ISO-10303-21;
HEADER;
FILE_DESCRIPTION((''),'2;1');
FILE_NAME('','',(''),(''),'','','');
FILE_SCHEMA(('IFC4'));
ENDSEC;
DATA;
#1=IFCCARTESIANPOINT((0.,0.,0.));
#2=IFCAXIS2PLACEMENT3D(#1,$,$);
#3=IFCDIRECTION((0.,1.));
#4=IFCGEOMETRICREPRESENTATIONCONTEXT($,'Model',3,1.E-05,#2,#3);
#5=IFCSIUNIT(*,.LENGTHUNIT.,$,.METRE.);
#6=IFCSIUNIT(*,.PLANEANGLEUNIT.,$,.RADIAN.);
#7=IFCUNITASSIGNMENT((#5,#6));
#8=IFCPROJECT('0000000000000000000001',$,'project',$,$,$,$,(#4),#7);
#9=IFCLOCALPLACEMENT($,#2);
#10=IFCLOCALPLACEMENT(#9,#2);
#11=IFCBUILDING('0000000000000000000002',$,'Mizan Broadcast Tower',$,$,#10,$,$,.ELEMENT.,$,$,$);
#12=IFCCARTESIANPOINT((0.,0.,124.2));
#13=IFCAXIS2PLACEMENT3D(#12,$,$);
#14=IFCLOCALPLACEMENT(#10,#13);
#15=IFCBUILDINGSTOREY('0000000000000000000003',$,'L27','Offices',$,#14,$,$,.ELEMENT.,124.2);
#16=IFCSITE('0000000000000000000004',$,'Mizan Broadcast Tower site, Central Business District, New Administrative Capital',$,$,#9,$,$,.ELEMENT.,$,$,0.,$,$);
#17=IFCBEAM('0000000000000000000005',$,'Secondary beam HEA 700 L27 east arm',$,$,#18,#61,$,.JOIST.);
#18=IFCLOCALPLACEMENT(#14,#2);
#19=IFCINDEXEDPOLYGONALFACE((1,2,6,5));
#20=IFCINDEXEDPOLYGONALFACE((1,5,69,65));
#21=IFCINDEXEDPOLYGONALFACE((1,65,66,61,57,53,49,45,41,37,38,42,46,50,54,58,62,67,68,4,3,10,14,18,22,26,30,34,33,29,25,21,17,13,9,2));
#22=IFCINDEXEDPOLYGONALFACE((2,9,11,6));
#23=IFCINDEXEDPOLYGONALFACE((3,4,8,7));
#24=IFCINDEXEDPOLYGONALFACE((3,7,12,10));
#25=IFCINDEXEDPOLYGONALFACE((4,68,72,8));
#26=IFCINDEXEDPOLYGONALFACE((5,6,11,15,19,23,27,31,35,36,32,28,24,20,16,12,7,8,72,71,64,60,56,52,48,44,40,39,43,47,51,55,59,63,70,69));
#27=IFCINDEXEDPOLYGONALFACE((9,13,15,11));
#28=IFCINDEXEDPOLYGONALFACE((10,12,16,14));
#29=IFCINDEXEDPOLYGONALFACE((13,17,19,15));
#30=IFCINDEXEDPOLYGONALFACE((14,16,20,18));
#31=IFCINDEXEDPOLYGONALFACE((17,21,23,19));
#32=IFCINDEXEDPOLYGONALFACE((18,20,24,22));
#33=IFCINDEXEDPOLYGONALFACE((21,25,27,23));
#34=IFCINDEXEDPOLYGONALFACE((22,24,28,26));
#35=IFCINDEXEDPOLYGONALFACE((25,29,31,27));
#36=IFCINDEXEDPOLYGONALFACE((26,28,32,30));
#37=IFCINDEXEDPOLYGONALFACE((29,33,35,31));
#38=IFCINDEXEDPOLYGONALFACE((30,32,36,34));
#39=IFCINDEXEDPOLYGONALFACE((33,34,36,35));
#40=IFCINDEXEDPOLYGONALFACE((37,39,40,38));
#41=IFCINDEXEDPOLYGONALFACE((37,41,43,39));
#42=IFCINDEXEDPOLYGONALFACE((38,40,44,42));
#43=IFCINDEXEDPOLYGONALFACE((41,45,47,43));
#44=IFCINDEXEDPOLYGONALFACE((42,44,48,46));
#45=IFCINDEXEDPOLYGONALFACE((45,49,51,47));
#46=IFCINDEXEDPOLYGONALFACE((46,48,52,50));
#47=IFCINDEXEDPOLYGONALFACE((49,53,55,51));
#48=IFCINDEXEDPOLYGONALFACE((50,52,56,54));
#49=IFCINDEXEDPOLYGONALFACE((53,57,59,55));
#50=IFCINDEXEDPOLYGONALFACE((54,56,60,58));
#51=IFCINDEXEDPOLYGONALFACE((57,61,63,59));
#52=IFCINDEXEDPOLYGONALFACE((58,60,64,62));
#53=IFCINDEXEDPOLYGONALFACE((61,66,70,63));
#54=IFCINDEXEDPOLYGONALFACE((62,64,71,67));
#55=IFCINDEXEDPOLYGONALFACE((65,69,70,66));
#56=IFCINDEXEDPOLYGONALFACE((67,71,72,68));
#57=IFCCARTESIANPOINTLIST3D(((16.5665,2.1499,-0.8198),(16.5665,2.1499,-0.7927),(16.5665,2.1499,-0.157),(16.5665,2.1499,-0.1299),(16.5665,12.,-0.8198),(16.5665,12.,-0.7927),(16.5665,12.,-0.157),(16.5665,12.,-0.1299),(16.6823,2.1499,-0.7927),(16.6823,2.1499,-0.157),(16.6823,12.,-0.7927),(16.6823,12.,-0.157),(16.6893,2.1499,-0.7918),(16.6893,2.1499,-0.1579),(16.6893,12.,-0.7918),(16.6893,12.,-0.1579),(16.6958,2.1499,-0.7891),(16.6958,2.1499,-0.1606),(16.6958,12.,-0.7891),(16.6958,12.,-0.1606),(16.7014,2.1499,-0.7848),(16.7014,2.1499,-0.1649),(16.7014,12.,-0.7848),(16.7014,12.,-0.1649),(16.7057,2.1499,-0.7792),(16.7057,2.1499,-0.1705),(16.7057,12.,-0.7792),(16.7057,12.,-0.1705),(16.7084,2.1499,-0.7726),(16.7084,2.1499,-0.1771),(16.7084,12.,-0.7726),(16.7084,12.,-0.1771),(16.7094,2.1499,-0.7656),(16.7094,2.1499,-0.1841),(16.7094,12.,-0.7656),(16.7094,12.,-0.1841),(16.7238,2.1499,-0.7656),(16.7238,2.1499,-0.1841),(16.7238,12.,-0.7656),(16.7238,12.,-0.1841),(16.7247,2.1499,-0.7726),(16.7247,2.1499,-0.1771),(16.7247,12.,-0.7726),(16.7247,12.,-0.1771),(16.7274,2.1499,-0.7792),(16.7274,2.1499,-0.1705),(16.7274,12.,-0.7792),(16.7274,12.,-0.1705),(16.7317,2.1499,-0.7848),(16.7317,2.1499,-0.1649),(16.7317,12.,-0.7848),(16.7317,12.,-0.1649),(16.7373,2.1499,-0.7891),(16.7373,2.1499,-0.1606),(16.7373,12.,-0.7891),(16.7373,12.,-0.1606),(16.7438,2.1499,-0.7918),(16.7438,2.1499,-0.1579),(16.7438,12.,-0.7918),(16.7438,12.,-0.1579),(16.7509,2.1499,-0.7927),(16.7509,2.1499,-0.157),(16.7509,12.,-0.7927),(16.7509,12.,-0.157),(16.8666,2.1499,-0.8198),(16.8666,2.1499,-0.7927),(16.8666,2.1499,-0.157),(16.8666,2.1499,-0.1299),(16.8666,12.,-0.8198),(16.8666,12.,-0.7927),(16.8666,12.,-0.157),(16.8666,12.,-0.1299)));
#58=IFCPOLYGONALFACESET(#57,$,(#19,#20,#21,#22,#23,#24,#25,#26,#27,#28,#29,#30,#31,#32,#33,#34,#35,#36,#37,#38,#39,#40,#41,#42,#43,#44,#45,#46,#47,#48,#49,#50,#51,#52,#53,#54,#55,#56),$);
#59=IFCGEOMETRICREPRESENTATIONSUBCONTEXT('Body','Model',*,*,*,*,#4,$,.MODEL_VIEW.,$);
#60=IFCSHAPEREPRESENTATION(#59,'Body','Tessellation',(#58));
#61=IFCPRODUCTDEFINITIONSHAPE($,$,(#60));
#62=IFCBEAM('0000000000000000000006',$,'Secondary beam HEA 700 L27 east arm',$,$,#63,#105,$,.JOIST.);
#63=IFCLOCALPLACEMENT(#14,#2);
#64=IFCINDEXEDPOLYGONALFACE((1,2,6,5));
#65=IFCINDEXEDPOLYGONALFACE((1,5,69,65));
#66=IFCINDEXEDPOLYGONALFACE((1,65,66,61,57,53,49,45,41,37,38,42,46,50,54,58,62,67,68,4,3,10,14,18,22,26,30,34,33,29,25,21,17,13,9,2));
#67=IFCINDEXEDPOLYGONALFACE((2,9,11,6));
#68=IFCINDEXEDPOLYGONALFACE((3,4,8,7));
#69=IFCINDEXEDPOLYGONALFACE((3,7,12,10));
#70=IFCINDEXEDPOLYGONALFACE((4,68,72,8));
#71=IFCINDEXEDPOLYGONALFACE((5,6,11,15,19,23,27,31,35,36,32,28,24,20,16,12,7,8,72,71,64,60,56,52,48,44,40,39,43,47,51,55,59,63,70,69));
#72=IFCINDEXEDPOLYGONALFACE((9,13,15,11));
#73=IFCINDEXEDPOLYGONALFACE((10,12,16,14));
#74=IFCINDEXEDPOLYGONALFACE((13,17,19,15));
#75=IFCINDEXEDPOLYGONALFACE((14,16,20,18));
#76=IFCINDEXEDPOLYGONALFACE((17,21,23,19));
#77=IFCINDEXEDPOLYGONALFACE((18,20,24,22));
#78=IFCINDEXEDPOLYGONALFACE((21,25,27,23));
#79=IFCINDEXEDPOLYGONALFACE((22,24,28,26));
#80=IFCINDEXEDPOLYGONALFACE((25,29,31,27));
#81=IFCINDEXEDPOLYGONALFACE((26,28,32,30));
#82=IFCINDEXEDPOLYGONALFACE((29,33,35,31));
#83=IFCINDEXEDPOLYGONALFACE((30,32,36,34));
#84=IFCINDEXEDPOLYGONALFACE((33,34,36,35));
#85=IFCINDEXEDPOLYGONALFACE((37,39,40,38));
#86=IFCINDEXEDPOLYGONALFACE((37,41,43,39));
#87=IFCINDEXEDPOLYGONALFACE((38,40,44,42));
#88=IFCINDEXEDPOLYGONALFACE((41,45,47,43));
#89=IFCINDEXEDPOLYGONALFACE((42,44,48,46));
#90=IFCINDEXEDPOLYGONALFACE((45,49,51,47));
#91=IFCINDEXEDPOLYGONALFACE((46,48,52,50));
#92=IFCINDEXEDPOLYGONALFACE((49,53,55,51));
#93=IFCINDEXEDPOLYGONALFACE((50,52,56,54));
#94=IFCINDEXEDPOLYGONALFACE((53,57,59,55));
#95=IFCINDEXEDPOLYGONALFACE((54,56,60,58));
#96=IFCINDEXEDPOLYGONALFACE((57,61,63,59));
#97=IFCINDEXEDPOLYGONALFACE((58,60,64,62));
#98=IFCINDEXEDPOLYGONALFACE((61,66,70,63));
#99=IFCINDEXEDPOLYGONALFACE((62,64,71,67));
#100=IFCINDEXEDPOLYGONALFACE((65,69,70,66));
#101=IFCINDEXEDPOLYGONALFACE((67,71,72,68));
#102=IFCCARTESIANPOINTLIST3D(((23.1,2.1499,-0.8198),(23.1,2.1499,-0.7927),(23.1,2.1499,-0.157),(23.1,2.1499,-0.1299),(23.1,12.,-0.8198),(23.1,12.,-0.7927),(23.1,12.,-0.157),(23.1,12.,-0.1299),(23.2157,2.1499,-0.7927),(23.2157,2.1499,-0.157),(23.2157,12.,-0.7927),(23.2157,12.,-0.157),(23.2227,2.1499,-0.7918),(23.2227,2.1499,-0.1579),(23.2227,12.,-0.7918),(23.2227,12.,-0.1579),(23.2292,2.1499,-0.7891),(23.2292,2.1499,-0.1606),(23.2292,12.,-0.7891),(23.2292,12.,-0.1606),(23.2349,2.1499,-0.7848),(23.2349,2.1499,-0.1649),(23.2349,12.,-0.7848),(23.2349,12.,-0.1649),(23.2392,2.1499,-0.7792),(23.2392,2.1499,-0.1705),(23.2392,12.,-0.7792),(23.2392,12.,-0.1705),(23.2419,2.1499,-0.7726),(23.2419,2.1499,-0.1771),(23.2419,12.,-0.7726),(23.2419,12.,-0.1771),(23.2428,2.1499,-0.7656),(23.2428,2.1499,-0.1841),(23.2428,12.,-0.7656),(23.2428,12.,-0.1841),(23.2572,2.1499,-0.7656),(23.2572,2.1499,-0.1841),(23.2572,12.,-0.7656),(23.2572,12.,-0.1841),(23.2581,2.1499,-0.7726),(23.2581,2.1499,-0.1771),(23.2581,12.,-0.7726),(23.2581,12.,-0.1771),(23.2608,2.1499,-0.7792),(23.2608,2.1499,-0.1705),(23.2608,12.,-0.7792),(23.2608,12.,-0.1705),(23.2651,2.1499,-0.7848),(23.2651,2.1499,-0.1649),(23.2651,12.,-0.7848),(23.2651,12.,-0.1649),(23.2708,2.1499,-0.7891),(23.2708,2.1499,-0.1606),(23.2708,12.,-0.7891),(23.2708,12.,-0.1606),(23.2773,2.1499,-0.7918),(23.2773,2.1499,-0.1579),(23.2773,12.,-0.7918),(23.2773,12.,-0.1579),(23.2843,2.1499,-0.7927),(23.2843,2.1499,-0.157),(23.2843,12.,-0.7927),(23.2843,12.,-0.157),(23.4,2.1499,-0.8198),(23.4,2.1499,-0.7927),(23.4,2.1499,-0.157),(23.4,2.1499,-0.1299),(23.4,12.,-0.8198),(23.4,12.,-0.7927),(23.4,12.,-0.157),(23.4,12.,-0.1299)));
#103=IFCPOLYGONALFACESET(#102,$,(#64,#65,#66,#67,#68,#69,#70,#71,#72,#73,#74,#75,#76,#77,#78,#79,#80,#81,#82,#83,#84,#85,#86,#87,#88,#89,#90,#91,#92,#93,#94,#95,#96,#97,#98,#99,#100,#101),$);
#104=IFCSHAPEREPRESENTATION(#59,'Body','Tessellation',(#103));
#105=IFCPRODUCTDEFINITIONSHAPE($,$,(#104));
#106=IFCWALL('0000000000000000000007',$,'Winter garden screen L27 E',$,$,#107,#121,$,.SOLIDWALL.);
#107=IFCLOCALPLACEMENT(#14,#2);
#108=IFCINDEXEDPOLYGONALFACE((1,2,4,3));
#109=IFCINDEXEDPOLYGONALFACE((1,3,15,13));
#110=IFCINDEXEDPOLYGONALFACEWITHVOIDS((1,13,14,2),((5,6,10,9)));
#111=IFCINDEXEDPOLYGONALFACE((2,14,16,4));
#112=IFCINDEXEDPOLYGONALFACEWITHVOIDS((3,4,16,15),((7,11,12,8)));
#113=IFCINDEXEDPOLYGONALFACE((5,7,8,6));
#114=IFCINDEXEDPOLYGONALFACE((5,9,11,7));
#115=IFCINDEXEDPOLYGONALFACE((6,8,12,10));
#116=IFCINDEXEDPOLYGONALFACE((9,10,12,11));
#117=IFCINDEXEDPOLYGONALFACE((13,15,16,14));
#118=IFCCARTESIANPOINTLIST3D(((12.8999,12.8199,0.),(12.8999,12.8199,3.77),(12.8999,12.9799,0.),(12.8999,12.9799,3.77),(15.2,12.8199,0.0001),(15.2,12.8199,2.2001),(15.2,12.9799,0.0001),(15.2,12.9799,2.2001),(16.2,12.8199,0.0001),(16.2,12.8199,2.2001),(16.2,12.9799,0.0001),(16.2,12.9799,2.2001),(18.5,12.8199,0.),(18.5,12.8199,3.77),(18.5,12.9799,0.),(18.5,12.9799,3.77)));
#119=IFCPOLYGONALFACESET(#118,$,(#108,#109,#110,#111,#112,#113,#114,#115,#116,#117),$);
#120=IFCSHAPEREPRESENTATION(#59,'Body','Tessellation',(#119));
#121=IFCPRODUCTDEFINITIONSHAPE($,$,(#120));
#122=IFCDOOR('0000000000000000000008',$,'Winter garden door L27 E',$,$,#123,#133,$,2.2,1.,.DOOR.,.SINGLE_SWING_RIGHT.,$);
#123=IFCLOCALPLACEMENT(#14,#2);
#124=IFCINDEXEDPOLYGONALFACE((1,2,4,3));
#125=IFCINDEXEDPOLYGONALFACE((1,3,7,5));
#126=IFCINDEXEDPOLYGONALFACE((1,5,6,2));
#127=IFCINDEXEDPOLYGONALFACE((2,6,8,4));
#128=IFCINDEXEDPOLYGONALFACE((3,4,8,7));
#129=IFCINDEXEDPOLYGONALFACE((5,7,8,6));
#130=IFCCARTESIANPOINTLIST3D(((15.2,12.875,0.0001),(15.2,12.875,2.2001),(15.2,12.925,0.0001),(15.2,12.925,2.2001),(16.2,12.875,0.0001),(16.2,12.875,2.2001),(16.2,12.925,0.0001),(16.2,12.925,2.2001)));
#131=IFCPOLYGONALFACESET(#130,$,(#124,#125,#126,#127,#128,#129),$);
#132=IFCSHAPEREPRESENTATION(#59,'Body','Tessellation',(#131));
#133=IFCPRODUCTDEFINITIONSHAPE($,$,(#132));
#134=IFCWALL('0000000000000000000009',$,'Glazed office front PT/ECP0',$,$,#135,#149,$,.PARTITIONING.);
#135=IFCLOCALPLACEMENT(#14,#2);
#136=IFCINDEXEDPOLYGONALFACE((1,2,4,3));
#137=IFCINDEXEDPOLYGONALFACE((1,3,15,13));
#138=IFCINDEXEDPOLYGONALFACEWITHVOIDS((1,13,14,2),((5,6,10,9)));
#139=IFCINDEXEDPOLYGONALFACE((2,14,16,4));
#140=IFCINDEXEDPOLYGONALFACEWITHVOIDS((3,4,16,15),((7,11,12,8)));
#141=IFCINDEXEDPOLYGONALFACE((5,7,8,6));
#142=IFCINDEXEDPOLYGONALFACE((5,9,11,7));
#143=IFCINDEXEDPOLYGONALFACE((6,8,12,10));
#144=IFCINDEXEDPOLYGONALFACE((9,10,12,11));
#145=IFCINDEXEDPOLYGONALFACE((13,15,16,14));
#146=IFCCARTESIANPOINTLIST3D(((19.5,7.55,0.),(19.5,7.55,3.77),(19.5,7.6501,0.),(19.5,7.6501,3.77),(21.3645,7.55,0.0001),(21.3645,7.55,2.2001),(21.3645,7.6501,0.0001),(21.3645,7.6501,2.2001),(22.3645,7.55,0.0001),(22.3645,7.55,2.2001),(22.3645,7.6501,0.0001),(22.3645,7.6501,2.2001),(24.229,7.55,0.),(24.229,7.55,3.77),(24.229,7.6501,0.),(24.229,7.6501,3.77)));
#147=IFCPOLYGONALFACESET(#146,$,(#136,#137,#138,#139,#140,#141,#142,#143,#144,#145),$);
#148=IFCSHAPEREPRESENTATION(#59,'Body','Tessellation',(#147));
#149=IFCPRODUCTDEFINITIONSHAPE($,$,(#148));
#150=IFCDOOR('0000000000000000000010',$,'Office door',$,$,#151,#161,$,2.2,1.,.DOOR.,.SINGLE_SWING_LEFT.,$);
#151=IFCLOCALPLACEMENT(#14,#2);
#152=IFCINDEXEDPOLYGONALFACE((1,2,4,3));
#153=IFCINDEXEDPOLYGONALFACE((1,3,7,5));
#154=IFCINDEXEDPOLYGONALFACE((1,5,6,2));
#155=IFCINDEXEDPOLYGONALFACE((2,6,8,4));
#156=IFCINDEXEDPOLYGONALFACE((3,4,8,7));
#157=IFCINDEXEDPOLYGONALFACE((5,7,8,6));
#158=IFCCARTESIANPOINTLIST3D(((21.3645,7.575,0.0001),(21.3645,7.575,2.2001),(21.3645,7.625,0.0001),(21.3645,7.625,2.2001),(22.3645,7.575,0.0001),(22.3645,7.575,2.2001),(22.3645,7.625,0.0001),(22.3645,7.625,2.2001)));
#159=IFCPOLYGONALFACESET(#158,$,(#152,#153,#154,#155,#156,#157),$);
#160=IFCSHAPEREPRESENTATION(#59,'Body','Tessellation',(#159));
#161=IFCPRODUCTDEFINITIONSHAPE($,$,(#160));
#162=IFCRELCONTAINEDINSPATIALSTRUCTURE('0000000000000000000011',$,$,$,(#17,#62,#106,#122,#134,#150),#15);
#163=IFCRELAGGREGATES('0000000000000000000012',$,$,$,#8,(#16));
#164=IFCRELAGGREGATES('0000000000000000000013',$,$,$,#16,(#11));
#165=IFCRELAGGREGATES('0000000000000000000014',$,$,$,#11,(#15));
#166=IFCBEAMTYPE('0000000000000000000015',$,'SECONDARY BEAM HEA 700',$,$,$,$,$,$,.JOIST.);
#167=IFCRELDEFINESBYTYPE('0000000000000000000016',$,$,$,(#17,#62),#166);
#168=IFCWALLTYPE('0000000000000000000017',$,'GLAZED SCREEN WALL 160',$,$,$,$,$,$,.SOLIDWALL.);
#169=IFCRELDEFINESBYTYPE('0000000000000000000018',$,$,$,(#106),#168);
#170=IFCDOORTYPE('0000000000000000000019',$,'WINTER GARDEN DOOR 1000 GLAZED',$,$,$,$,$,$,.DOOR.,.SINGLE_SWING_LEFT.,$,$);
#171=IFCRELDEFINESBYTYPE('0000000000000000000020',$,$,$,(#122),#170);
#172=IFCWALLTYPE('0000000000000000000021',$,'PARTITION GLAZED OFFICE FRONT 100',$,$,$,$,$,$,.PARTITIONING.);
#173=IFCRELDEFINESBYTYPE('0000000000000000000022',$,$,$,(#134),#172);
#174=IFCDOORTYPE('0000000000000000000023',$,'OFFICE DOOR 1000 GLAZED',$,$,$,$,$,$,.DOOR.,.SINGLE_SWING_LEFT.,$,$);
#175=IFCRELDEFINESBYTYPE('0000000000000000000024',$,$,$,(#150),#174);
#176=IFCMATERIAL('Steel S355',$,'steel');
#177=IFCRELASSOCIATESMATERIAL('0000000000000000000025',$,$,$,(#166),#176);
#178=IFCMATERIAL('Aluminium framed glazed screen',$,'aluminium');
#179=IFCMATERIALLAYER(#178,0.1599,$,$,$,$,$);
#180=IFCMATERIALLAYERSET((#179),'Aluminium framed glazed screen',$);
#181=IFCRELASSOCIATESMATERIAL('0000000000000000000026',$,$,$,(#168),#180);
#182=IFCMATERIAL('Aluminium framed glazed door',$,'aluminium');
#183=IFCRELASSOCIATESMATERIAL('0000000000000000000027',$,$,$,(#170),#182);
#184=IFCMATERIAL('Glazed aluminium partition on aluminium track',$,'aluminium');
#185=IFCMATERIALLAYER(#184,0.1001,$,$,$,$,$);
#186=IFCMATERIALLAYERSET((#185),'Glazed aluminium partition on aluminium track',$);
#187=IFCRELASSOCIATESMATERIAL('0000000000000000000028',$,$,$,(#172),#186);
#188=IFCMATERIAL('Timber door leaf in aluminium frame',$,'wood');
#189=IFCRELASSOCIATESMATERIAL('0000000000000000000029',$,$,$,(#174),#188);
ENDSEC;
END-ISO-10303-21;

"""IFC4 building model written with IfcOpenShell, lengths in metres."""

from ifc_helpers import new_model, si_unit, direction, frame, frame_2d, origin, origin_2d, place, context, subcontext, project, spatial, rectangle, i_section, extrude, material, layer, layer_set, material_profile, profile_set, type_object, element, fill, save


model = new_model("IFC4")

# Units and contexts
model_context = context("Model", 3, precision=1e-05, world=origin(), true_north=direction((0.0, 1.0)))
body_context = subcontext(model_context, "Body", "Model", "MODEL_VIEW")
ifc_project = project(units=[si_unit("LENGTHUNIT", "METRE"), si_unit("PLANEANGLEUNIT", "RADIAN")], contexts=[model_context])

# Site, building, storey
site_placement = place(None, origin())
site = spatial("IfcSite", under=ifc_project, at=site_placement, Name="Mizan Broadcast Tower site, Central Business District, New Administrative Capital", CompositionType="ELEMENT", RefElevation=0.0)
building_placement = place(site_placement, origin())
building = spatial("IfcBuilding", under=site, at=building_placement, Name="Mizan Broadcast Tower", CompositionType="ELEMENT")
storey_placement = place(building_placement, frame((0.0, 0.0, 124.2)))
storey = spatial("IfcBuildingStorey", under=building, at=storey_placement, Name="L27", Description="Offices", CompositionType="ELEMENT", Elevation=124.2)

# Beams
ifc_material_1 = material(Name="Steel S355", Category="steel")
ifc_material_profile_1 = material_profile(ifc_material_1, i_section(OverallWidth=0.3, OverallDepth=0.6899, WebThickness=0.0144, FlangeThickness=0.0271, FilletRadius=0.0271, at=origin_2d()), Name="HEA 700")
ifc_profile_set_1 = profile_set([ifc_material_profile_1], Name="Steel S355")
beam_type_1 = type_object("IfcBeamType", Name="SECONDARY BEAM HEA 700", PredefinedType="JOIST", material=ifc_profile_set_1)
for number, where, z_axis, x_axis, name in (
    (1, (16.7166, 12.0, -0.4749), (0.0, -1.0, 0.0), (1.0, 0.0, 0.0), "Secondary beam HEA 700 L27 east arm"),
    (2, (23.25, 12.0, -0.4749), (0.0, -1.0, 0.0), (1.0, 0.0, 0.0), "Secondary beam HEA 700 L27 east arm"),
):
    element("IfcBeam", number, at=place(storey_placement, frame(where, z_axis=z_axis, x_axis=x_axis)), inside=storey, type_object=beam_type_1, Name=name, PredefinedType="JOIST", context=body_context, shape_type="SweptSolid", body=[
        extrude(i_section(OverallWidth=0.3, OverallDepth=0.6899, WebThickness=0.0144, FlangeThickness=0.0271, FilletRadius=0.0271, at=origin_2d()), origin(), (0.0, 0.0, 1.0), 9.8501),
    ])

# Walls, openings, doors
ifc_material_2 = material(Name="Aluminium framed glazed screen", Category="aluminium")
ifc_layer_1 = layer(ifc_material_2, 0.1599)
ifc_layer_set_1 = layer_set([ifc_layer_1], Name="Aluminium framed glazed screen")
wall_type_1 = type_object("IfcWallType", Name="GLAZED SCREEN WALL 160", PredefinedType="SOLIDWALL", material=ifc_layer_set_1)
wall_1_placement = place(storey_placement, frame((18.5, 12.8999, 0.0), z_axis=(0.0, 0.0, 1.0), x_axis=(-1.0, 0.0, 0.0)))
wall_1 = element("IfcWall", 3, at=wall_1_placement, inside=storey, type_object=wall_type_1, Name="Winter garden screen L27 E", PredefinedType="SOLIDWALL", context=body_context, shape_type="SweptSolid", body=[
    extrude(rectangle(XDim=5.6001, YDim=0.1599, at=frame_2d((2.8, 0.0))), origin(), (0.0, 0.0, 1.0), 3.77),
])
opening_1_placement = place(wall_1_placement, frame((2.3, 0.0, 0.0)))
opening_1 = element("IfcOpeningElement", 4, at=opening_1_placement, cuts=wall_1, PredefinedType="OPENING", context=body_context, shape_type="SweptSolid", body=[
    extrude(rectangle(XDim=1.0, YDim=2.2, at=frame_2d((0.5, 1.1001))), frame((0.0, 0.0898, 0.0), z_axis=(0.0, -1.0, 0.0), x_axis=(1.0, 0.0, 0.0)), (0.0, 0.0, 1.0), 0.1799),
])
ifc_material_3 = material(Name="Aluminium framed glazed door", Category="aluminium")
door_type_1 = type_object("IfcDoorType", Name="WINTER GARDEN DOOR 1000 GLAZED", OperationType="SINGLE_SWING_LEFT", PredefinedType="DOOR", material=ifc_material_3)
door_1_placement = place(opening_1_placement, origin())
door_1 = element("IfcDoor", 5, at=door_1_placement, inside=storey, type_object=door_type_1, Name="Winter garden door L27 E", OperationType="SINGLE_SWING_RIGHT", OverallHeight=2.2, OverallWidth=1.0, PredefinedType="DOOR", context=body_context, shape_type="SweptSolid", body=[
    extrude(rectangle(XDim=1.0, YDim=2.2, at=frame_2d((0.5, 1.1001))), frame((0.0, 0.0249, 0.0), z_axis=(0.0, -1.0, 0.0), x_axis=(1.0, 0.0, 0.0)), (0.0, 0.0, 1.0), 0.05),
])
fill(opening_1, door_1)
ifc_material_4 = material(Name="Glazed aluminium partition on aluminium track", Category="aluminium")
ifc_layer_2 = layer(ifc_material_4, 0.1001)
ifc_layer_set_2 = layer_set([ifc_layer_2], Name="Glazed aluminium partition on aluminium track")
wall_type_2 = type_object("IfcWallType", Name="PARTITION GLAZED OFFICE FRONT 100", PredefinedType="PARTITIONING", material=ifc_layer_set_2)
wall_2_placement = place(storey_placement, frame((19.5, 7.6001, 0.0), z_axis=(0.0, 0.0, 1.0), x_axis=(1.0, 0.0, 0.0)))
wall_2 = element("IfcWall", 6, at=wall_2_placement, inside=storey, type_object=wall_type_2, Name="Glazed office front PT/ECP0", PredefinedType="PARTITIONING", context=body_context, shape_type="SweptSolid", body=[
    extrude(rectangle(XDim=4.729, YDim=0.1001, at=frame_2d((2.3645, 0.0))), origin(), (0.0, 0.0, 1.0), 3.77),
])
opening_2_placement = place(wall_2_placement, frame((1.8645, 0.0, 0.0)))
opening_2 = element("IfcOpeningElement", 7, at=opening_2_placement, cuts=wall_2, PredefinedType="OPENING", context=body_context, shape_type="SweptSolid", body=[
    extrude(rectangle(XDim=1.0, YDim=2.2, at=frame_2d((0.5, 1.1001))), frame((0.0, 0.0601, 0.0), z_axis=(0.0, -1.0, 0.0), x_axis=(1.0, 0.0, 0.0)), (0.0, 0.0, 1.0), 0.1201),
])
ifc_material_5 = material(Name="Timber door leaf in aluminium frame", Category="wood")
door_type_2 = type_object("IfcDoorType", Name="OFFICE DOOR 1000 GLAZED", OperationType="SINGLE_SWING_LEFT", PredefinedType="DOOR", material=ifc_material_5)
door_2_placement = place(opening_2_placement, origin())
door_2 = element("IfcDoor", 8, at=door_2_placement, inside=storey, type_object=door_type_2, Name="Office door", OperationType="SINGLE_SWING_LEFT", OverallHeight=2.2, OverallWidth=1.0, PredefinedType="DOOR", context=body_context, shape_type="SweptSolid", body=[
    extrude(rectangle(XDim=1.0, YDim=2.2, at=frame_2d((0.5, 1.1001))), frame((0.0, 0.0249, 0.0), z_axis=(0.0, -1.0, 0.0), x_axis=(1.0, 0.0, 0.0)), (0.0, 0.0, 1.0), 0.05),
])
fill(opening_2, door_2)

save(model, "model.ifc")
